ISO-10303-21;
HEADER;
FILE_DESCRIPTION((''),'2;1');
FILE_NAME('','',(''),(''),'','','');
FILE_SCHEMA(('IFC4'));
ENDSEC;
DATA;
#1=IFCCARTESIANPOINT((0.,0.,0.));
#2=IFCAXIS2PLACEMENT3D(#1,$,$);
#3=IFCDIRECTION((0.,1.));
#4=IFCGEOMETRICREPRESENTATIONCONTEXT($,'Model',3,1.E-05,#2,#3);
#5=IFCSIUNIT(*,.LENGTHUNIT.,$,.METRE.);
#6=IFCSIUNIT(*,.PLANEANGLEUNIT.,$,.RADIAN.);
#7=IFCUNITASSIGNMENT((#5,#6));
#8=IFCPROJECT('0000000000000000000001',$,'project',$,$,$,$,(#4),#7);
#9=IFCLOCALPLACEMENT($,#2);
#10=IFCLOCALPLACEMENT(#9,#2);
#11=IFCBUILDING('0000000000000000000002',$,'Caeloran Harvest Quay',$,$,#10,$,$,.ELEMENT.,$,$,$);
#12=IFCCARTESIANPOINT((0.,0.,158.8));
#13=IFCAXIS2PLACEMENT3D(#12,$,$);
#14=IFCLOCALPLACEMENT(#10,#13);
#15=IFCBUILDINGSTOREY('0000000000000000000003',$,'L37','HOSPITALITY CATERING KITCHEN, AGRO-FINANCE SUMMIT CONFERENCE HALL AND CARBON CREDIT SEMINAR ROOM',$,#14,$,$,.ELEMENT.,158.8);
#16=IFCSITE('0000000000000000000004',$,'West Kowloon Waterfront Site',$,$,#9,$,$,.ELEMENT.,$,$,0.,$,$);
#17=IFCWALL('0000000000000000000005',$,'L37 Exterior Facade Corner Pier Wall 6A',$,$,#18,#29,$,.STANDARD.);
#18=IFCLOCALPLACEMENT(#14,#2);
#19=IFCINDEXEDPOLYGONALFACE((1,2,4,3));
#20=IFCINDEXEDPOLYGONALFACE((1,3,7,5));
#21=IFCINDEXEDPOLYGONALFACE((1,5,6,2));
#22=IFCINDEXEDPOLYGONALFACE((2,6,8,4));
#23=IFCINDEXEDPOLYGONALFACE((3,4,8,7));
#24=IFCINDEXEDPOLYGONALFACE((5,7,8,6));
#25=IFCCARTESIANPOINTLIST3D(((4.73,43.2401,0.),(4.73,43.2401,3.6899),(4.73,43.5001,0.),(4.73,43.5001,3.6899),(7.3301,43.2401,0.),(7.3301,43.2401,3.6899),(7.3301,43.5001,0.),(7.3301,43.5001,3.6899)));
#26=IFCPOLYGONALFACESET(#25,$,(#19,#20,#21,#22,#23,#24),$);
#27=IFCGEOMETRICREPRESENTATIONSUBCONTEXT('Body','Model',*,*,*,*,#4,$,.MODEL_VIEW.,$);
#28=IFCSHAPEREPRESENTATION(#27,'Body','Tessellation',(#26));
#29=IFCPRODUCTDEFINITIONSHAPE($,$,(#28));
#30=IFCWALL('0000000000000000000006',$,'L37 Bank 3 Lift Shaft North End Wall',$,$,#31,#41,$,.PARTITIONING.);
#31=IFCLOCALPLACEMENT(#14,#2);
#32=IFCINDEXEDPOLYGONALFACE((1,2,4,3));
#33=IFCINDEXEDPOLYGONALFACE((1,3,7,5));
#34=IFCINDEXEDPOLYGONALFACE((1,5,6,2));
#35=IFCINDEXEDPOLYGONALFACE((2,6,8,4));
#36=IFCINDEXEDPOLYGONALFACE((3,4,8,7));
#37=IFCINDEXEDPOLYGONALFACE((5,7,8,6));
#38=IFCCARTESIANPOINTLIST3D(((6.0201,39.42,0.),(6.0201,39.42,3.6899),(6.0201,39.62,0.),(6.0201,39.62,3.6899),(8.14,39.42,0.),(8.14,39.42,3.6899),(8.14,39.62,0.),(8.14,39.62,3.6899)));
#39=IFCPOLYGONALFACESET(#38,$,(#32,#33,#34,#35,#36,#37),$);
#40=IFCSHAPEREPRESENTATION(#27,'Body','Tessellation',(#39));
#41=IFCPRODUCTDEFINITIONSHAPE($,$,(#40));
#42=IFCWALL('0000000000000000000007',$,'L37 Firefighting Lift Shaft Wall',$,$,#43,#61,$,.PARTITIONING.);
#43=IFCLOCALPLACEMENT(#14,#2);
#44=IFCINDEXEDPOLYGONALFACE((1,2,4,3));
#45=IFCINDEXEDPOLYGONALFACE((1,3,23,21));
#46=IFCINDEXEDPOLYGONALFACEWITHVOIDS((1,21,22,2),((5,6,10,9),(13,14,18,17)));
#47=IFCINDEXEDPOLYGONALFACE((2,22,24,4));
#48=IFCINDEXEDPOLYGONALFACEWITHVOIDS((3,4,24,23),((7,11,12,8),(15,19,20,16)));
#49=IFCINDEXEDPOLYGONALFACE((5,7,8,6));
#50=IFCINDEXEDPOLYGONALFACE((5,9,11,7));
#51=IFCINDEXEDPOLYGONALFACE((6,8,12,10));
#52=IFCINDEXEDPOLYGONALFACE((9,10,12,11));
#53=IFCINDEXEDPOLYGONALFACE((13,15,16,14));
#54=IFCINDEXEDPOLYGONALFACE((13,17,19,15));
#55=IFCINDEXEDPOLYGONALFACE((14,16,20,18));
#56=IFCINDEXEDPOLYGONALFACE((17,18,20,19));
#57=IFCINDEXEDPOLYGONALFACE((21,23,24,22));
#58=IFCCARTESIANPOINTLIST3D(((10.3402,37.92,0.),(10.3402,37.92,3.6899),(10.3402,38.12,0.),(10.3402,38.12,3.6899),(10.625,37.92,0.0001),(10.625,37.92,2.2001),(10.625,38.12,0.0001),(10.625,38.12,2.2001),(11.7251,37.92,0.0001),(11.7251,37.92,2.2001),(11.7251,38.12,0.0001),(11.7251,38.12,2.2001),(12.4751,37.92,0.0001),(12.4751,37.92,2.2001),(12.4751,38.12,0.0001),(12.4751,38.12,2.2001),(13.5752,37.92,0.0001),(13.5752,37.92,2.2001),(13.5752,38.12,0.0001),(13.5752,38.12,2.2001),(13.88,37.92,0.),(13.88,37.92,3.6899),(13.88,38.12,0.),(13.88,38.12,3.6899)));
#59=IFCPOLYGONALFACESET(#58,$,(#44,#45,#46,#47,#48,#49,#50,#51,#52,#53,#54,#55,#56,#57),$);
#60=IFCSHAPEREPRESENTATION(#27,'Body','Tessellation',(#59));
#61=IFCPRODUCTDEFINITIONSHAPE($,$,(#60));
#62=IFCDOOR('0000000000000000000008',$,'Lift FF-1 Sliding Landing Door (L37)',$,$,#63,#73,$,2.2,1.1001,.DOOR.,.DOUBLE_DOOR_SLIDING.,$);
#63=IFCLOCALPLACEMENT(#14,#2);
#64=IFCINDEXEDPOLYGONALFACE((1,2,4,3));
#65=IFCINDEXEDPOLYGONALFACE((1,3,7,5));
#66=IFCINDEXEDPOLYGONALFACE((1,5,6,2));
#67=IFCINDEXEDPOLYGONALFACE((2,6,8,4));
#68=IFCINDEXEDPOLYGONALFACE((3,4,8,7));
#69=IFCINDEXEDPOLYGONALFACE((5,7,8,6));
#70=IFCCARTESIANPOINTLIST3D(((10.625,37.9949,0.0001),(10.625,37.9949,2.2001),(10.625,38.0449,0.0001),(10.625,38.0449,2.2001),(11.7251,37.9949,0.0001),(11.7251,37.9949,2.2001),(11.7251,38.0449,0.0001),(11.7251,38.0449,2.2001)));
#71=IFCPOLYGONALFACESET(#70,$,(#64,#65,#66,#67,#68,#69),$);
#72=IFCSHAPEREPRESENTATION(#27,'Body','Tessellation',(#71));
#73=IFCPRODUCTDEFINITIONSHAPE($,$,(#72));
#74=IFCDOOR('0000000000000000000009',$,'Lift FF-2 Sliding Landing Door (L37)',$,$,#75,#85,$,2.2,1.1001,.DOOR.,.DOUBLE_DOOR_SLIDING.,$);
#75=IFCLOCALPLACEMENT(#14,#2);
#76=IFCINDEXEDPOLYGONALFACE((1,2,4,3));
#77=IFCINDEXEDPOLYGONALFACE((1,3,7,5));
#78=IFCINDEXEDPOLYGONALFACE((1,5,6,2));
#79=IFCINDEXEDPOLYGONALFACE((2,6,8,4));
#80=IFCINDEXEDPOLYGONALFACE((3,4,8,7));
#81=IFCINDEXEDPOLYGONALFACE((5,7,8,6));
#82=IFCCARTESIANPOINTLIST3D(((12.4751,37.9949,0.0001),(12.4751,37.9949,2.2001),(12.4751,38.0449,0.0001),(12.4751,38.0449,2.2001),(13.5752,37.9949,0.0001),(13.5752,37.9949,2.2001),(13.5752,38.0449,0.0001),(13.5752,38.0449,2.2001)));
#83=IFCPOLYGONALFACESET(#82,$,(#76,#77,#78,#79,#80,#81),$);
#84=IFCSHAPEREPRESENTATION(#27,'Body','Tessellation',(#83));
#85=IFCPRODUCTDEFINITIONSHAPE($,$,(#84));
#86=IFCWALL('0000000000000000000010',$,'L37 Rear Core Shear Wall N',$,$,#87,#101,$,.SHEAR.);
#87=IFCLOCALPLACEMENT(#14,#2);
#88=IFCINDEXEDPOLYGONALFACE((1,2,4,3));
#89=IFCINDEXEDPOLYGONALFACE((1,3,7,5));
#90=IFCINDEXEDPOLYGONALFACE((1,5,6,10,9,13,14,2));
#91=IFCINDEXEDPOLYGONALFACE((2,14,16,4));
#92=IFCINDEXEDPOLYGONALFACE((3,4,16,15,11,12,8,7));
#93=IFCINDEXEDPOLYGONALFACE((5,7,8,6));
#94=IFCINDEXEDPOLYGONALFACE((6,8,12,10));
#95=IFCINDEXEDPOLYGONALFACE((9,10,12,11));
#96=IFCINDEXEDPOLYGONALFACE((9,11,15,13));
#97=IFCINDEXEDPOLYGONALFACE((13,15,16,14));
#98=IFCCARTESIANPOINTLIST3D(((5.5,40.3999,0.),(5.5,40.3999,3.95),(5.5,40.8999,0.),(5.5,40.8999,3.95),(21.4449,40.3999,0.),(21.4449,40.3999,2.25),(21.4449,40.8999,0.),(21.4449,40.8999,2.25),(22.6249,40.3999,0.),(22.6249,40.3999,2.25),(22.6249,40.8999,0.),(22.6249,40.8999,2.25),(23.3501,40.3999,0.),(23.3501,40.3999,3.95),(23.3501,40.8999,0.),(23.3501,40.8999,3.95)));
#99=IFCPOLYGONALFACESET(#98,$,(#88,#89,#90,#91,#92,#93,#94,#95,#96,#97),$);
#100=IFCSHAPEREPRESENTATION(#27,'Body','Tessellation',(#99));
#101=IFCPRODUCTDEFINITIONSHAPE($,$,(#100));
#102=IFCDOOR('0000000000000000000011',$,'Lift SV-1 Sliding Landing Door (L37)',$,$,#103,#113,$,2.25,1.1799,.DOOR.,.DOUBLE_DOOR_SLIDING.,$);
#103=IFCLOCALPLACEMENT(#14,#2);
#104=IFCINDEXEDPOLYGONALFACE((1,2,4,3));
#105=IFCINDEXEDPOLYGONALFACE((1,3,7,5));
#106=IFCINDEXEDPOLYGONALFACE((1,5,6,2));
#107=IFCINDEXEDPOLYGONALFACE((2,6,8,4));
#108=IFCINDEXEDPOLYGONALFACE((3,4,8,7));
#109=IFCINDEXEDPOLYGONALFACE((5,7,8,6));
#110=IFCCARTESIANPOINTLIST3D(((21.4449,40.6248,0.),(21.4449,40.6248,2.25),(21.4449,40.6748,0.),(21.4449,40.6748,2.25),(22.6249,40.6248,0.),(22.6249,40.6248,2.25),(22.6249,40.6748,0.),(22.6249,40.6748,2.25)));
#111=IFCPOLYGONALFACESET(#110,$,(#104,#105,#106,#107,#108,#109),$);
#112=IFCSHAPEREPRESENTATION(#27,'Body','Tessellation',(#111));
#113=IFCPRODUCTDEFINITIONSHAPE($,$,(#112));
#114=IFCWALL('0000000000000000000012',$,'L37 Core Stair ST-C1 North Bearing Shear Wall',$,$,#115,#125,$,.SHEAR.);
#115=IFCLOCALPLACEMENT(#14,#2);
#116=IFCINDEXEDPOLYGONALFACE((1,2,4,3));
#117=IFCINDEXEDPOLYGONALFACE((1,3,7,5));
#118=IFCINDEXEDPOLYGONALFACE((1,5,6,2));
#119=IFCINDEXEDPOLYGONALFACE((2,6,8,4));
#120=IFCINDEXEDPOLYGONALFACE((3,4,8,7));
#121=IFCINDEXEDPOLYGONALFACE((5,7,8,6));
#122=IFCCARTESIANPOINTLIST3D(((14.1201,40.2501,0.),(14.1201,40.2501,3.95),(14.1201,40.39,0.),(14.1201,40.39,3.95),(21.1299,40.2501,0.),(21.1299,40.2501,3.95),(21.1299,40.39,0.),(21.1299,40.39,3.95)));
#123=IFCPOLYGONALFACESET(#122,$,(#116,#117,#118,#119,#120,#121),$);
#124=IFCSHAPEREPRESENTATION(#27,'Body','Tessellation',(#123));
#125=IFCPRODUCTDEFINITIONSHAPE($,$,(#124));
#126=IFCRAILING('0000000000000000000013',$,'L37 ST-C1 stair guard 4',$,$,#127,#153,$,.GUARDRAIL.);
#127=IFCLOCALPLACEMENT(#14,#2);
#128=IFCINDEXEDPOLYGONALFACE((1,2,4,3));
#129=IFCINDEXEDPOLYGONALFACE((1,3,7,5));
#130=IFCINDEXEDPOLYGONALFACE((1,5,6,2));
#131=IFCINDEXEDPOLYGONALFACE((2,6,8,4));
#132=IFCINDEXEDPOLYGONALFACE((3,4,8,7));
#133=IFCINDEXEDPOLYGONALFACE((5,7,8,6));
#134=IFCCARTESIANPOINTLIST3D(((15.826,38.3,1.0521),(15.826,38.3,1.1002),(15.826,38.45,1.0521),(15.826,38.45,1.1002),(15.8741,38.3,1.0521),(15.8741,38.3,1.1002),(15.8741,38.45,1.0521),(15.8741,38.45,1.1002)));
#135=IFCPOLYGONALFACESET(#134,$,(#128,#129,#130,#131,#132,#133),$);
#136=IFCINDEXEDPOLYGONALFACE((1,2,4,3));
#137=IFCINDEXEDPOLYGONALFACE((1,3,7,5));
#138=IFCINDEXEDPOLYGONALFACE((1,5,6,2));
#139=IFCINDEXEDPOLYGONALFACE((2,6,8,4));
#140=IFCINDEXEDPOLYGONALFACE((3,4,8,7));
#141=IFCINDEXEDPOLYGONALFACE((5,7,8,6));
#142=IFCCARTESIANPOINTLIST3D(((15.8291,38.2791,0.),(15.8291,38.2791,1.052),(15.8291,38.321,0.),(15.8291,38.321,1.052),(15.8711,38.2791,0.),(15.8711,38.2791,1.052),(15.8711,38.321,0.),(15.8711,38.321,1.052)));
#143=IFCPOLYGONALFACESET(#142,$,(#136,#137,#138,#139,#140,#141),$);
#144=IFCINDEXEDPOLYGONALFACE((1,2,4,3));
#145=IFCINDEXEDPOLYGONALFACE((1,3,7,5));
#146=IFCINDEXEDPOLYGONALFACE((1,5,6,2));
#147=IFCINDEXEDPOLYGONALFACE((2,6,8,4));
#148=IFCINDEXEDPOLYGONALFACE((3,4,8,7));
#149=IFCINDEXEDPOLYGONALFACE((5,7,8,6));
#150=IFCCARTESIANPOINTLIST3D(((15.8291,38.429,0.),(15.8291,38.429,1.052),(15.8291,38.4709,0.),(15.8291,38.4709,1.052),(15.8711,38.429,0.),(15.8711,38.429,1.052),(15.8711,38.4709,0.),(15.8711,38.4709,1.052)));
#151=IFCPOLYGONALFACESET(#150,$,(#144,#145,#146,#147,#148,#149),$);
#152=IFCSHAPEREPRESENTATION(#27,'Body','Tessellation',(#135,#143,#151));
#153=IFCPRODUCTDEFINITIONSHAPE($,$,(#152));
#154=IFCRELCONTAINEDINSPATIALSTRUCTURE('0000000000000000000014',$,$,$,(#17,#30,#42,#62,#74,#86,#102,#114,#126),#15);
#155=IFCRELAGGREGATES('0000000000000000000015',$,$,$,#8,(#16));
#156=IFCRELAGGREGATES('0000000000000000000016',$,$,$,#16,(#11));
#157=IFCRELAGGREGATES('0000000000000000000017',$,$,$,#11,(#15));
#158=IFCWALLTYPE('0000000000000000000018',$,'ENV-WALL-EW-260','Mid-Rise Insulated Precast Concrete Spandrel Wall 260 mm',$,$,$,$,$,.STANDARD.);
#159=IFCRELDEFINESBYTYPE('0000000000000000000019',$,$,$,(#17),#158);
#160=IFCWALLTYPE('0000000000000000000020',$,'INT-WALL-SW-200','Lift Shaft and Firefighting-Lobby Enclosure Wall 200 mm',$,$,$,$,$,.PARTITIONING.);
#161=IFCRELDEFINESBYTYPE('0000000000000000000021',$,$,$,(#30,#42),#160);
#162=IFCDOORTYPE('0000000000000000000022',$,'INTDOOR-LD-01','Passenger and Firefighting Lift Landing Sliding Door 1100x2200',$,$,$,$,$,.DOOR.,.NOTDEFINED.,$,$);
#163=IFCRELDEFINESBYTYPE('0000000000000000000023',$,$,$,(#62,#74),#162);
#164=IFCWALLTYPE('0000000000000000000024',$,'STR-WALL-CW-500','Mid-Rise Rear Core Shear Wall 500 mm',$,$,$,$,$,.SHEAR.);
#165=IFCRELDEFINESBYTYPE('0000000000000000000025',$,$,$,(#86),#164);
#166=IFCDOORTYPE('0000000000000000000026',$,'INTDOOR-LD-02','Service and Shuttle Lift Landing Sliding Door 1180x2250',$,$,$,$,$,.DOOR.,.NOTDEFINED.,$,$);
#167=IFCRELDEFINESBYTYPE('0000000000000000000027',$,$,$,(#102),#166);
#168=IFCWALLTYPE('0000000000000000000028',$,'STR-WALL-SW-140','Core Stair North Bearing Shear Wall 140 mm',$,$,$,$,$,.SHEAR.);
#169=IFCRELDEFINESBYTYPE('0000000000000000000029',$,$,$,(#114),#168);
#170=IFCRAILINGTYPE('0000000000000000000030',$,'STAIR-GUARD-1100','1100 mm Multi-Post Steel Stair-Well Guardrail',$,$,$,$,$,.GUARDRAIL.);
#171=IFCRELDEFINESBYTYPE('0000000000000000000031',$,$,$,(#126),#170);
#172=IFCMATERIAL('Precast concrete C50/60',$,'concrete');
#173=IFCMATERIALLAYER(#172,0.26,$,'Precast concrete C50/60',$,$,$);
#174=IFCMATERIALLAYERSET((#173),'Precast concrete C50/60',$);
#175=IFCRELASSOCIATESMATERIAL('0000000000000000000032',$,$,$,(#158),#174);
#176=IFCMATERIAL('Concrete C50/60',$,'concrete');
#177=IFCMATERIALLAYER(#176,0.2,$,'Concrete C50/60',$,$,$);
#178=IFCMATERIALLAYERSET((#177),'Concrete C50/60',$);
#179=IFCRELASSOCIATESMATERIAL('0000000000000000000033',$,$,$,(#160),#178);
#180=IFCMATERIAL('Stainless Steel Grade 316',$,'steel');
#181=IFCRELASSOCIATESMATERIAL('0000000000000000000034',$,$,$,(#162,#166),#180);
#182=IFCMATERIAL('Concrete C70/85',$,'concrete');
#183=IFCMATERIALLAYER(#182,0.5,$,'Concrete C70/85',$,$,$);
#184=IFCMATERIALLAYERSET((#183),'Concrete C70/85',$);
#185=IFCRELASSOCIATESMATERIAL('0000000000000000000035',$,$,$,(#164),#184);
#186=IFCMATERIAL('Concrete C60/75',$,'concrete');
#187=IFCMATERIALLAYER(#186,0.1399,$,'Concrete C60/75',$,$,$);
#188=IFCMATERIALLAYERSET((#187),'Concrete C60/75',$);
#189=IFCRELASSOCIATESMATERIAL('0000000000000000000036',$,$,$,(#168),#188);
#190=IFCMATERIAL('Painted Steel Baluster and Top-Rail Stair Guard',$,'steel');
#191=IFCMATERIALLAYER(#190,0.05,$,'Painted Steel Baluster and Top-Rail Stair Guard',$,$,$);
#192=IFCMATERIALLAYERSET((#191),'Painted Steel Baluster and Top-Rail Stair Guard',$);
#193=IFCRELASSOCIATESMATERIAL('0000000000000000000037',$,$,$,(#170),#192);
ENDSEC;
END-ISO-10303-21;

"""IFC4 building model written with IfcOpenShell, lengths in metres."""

from ifc_helpers import new_model, si_unit, direction, frame, frame_2d, origin, origin_2d, place, context, subcontext, project, spatial, rectangle, extrude, material, layer, layer_set, type_object, element, fill, save


model = new_model("IFC4")

# Units and contexts
model_context = context("Model", 3, precision=1e-05, world=origin(), true_north=direction((0.0, 1.0)))
body_context = subcontext(model_context, "Body", "Model", "MODEL_VIEW")
ifc_project = project(units=[si_unit("LENGTHUNIT", "METRE"), si_unit("PLANEANGLEUNIT", "RADIAN")], contexts=[model_context])

# Site, building, storey
site_placement = place(None, origin())
site = spatial("IfcSite", under=ifc_project, at=site_placement, Name="West Kowloon Waterfront Site", CompositionType="ELEMENT", RefElevation=0.0)
building_placement = place(site_placement, origin())
building = spatial("IfcBuilding", under=site, at=building_placement, Name="Caeloran Harvest Quay", CompositionType="ELEMENT")
storey_placement = place(building_placement, frame((0.0, 0.0, 158.8)))
storey = spatial("IfcBuildingStorey", under=building, at=storey_placement, Name="L37", Description="HOSPITALITY CATERING KITCHEN, AGRO-FINANCE SUMMIT CONFERENCE HALL AND CARBON CREDIT SEMINAR ROOM", CompositionType="ELEMENT", Elevation=158.8)

# Walls
ifc_material_1 = material(Name="Precast concrete C50/60", Category="concrete")
ifc_layer_1 = layer(ifc_material_1, 0.26, Name="Precast concrete C50/60")
ifc_layer_set_1 = layer_set([ifc_layer_1], Name="Precast concrete C50/60")
wall_type_1 = type_object("IfcWallType", Name="ENV-WALL-EW-260", Description="Mid-Rise Insulated Precast Concrete Spandrel Wall 260 mm", PredefinedType="STANDARD", material=ifc_layer_set_1)
wall_1_placement = place(storey_placement, frame((4.73, 43.3701, 0.0), z_axis=(0.0, 0.0, 1.0), x_axis=(1.0, 0.0, 0.0)))
element("IfcWall", 1, at=wall_1_placement, inside=storey, type_object=wall_type_1, Name="L37 Exterior Facade Corner Pier Wall 6A", PredefinedType="STANDARD", context=body_context, shape_type="SweptSolid", body=[
    extrude(rectangle(XDim=2.6001, YDim=0.26, at=frame_2d((1.3, 0.0))), origin(), (0.0, 0.0, 1.0), 3.6899),
])
ifc_material_2 = material(Name="Concrete C50/60", Category="concrete")
ifc_layer_2 = layer(ifc_material_2, 0.2, Name="Concrete C50/60")
ifc_layer_set_2 = layer_set([ifc_layer_2], Name="Concrete C50/60")
wall_type_2 = type_object("IfcWallType", Name="INT-WALL-SW-200", Description="Lift Shaft and Firefighting-Lobby Enclosure Wall 200 mm", PredefinedType="PARTITIONING", material=ifc_layer_set_2)
wall_2_placement = place(storey_placement, frame((6.02, 39.52, 0.0), z_axis=(0.0, 0.0, 1.0), x_axis=(1.0, 0.0, 0.0)))
element("IfcWall", 2, at=wall_2_placement, inside=storey, type_object=wall_type_2, Name="L37 Bank 3 Lift Shaft North End Wall", PredefinedType="PARTITIONING", context=body_context, shape_type="SweptSolid", body=[
    extrude(rectangle(XDim=2.1199, YDim=0.2, at=frame_2d((1.0601, 0.0))), origin(), (0.0, 0.0, 1.0), 3.6899),
])

# Wall, openings, doors
wall_3_placement = place(storey_placement, frame((10.3401, 38.02, 0.0), z_axis=(0.0, 0.0, 1.0), x_axis=(1.0, 0.0, 0.0)))
wall_3 = element("IfcWall", 3, at=wall_3_placement, inside=storey, type_object=wall_type_2, Name="L37 Firefighting Lift Shaft Wall", PredefinedType="PARTITIONING", context=body_context, shape_type="SweptSolid", body=[
    extrude(rectangle(XDim=3.5398, YDim=0.2, at=frame_2d((1.77, 0.0))), origin(), (0.0, 0.0, 1.0), 3.6899),
])
opening_1_placement = place(wall_3_placement, frame((0.2849, 0.0, 0.0)))
opening_1 = element("IfcOpeningElement", 4, at=opening_1_placement, cuts=wall_3, PredefinedType="OPENING", context=body_context, shape_type="SweptSolid", body=[
    extrude(rectangle(XDim=1.1001, YDim=2.2, at=frame_2d((0.55, 1.1001))), frame((0.0, 0.1099, 0.0), z_axis=(0.0, -1.0, 0.0), x_axis=(1.0, 0.0, 0.0)), (0.0, 0.0, 1.0), 0.22),
])
opening_2_placement = place(wall_3_placement, frame((2.135, 0.0, 0.0)))
opening_2 = element("IfcOpeningElement", 5, at=opening_2_placement, cuts=wall_3, PredefinedType="OPENING", context=body_context, shape_type="SweptSolid", body=[
    extrude(rectangle(XDim=1.1001, YDim=2.2, at=frame_2d((0.55, 1.1001))), frame((0.0, 0.1099, 0.0), z_axis=(0.0, -1.0, 0.0), x_axis=(1.0, 0.0, 0.0)), (0.0, 0.0, 1.0), 0.22),
])
ifc_material_3 = material(Name="Stainless Steel Grade 316", Category="steel")
door_type_1 = type_object("IfcDoorType", Name="INTDOOR-LD-01", Description="Passenger and Firefighting Lift Landing Sliding Door 1100x2200", OperationType="NOTDEFINED", PredefinedType="DOOR", material=ifc_material_3)
door_1_placement = place(opening_1_placement, origin())
door_1 = element("IfcDoor", 6, at=door_1_placement, inside=storey, type_object=door_type_1, Name="Lift FF-1 Sliding Landing Door (L37)", OperationType="DOUBLE_DOOR_SLIDING", OverallHeight=2.2, OverallWidth=1.1001, PredefinedType="DOOR", context=body_context, shape_type="SweptSolid", body=[
    extrude(rectangle(XDim=1.1001, YDim=2.2, at=frame_2d((0.55, 1.1001))), frame((0.0, 0.0249, 0.0), z_axis=(0.0, -1.0, 0.0), x_axis=(1.0, 0.0, 0.0)), (0.0, 0.0, 1.0), 0.05),
])
fill(opening_1, door_1)
door_2_placement = place(opening_2_placement, origin())
door_2 = element("IfcDoor", 7, at=door_2_placement, inside=storey, type_object=door_type_1, Name="Lift FF-2 Sliding Landing Door (L37)", OperationType="DOUBLE_DOOR_SLIDING", OverallHeight=2.2, OverallWidth=1.1001, PredefinedType="DOOR", context=body_context, shape_type="SweptSolid", body=[
    extrude(rectangle(XDim=1.1001, YDim=2.2, at=frame_2d((0.55, 1.1001))), frame((0.0, 0.0249, 0.0), z_axis=(0.0, -1.0, 0.0), x_axis=(1.0, 0.0, 0.0)), (0.0, 0.0, 1.0), 0.05),
])
fill(opening_2, door_2)

# Wall, opening, door
ifc_material_4 = material(Name="Concrete C70/85", Category="concrete")
ifc_layer_3 = layer(ifc_material_4, 0.5, Name="Concrete C70/85")
ifc_layer_set_3 = layer_set([ifc_layer_3], Name="Concrete C70/85")
wall_type_3 = type_object("IfcWallType", Name="STR-WALL-CW-500", Description="Mid-Rise Rear Core Shear Wall 500 mm", PredefinedType="SHEAR", material=ifc_layer_set_3)
wall_4_placement = place(storey_placement, frame((5.5, 40.6499, 0.0), z_axis=(0.0, 0.0, 1.0), x_axis=(1.0, 0.0, 0.0)))
wall_4 = element("IfcWall", 8, at=wall_4_placement, inside=storey, type_object=wall_type_3, Name="L37 Rear Core Shear Wall N", PredefinedType="SHEAR", context=body_context, shape_type="SweptSolid", body=[
    extrude(rectangle(XDim=17.8501, YDim=0.5, at=frame_2d((8.925, 0.0))), origin(), (0.0, 0.0, 1.0), 3.95),
])
opening_3_placement = place(wall_4_placement, frame((15.9451, 0.0, 0.0)))
opening_3 = element("IfcOpeningElement", 9, at=opening_3_placement, cuts=wall_4, PredefinedType="OPENING", context=body_context, shape_type="SweptSolid", body=[
    extrude(rectangle(XDim=1.1799, YDim=2.25, at=frame_2d((0.5898, 1.125))), frame((0.0, 0.26, 0.0), z_axis=(0.0, -1.0, 0.0), x_axis=(1.0, 0.0, 0.0)), (0.0, 0.0, 1.0), 0.52),
])
door_type_2 = type_object("IfcDoorType", Name="INTDOOR-LD-02", Description="Service and Shuttle Lift Landing Sliding Door 1180x2250", OperationType="NOTDEFINED", PredefinedType="DOOR", material=ifc_material_3)
door_3_placement = place(opening_3_placement, origin())
door_3 = element("IfcDoor", 10, at=door_3_placement, inside=storey, type_object=door_type_2, Name="Lift SV-1 Sliding Landing Door (L37)", OperationType="DOUBLE_DOOR_SLIDING", OverallHeight=2.25, OverallWidth=1.1799, PredefinedType="DOOR", context=body_context, shape_type="SweptSolid", body=[
    extrude(rectangle(XDim=1.1799, YDim=2.25, at=frame_2d((0.5898, 1.125))), frame((0.0, 0.0249, 0.0), z_axis=(0.0, -1.0, 0.0), x_axis=(1.0, 0.0, 0.0)), (0.0, 0.0, 1.0), 0.05),
])
fill(opening_3, door_3)

# Wall
ifc_material_5 = material(Name="Concrete C60/75", Category="concrete")
ifc_layer_4 = layer(ifc_material_5, 0.1399, Name="Concrete C60/75")
ifc_layer_set_4 = layer_set([ifc_layer_4], Name="Concrete C60/75")
wall_type_4 = type_object("IfcWallType", Name="STR-WALL-SW-140", Description="Core Stair North Bearing Shear Wall 140 mm", PredefinedType="SHEAR", material=ifc_layer_set_4)
wall_5_placement = place(storey_placement, frame((14.1201, 40.3201, 0.0), z_axis=(0.0, 0.0, 1.0), x_axis=(1.0, 0.0, 0.0)))
element("IfcWall", 11, at=wall_5_placement, inside=storey, type_object=wall_type_4, Name="L37 Core Stair ST-C1 North Bearing Shear Wall", PredefinedType="SHEAR", context=body_context, shape_type="SweptSolid", body=[
    extrude(rectangle(XDim=7.0098, YDim=0.1399, at=frame_2d((3.5049, 0.0))), origin(), (0.0, 0.0, 1.0), 3.95),
])

# Railing
ifc_material_6 = material(Name="Painted Steel Baluster and Top-Rail Stair Guard", Category="steel")
ifc_layer_5 = layer(ifc_material_6, 0.05, Name="Painted Steel Baluster and Top-Rail Stair Guard")
ifc_layer_set_5 = layer_set([ifc_layer_5], Name="Painted Steel Baluster and Top-Rail Stair Guard")
railing_type = type_object("IfcRailingType", Name="STAIR-GUARD-1100", Description="1100 mm Multi-Post Steel Stair-Well Guardrail", PredefinedType="GUARDRAIL", material=ifc_layer_set_5)
railing_placement = place(storey_placement, frame((15.8501, 38.3, 0.0)))
element("IfcRailing", 12, at=railing_placement, inside=storey, type_object=railing_type, Name="L37 ST-C1 stair guard 4", PredefinedType="GUARDRAIL", context=body_context, shape_type="SweptSolid", body=[
    extrude(rectangle(XDim=0.0481, YDim=0.0481, at=origin_2d()), frame((0.0, 0.0, 1.0762), z_axis=(0.0, 1.0, 0.0), x_axis=(-1.0, 0.0, 0.0)), (0.0, 0.0, 1.0), 0.1499),
    extrude(rectangle(XDim=0.042, YDim=0.042, at=origin_2d()), origin(), (0.0, 0.0, 1.0), 1.052),
    extrude(rectangle(XDim=0.042, YDim=0.042, at=origin_2d()), frame((0.0, 0.1499, 0.0)), (0.0, 0.0, 1.0), 1.052),
])

save(model, "model.ifc")
